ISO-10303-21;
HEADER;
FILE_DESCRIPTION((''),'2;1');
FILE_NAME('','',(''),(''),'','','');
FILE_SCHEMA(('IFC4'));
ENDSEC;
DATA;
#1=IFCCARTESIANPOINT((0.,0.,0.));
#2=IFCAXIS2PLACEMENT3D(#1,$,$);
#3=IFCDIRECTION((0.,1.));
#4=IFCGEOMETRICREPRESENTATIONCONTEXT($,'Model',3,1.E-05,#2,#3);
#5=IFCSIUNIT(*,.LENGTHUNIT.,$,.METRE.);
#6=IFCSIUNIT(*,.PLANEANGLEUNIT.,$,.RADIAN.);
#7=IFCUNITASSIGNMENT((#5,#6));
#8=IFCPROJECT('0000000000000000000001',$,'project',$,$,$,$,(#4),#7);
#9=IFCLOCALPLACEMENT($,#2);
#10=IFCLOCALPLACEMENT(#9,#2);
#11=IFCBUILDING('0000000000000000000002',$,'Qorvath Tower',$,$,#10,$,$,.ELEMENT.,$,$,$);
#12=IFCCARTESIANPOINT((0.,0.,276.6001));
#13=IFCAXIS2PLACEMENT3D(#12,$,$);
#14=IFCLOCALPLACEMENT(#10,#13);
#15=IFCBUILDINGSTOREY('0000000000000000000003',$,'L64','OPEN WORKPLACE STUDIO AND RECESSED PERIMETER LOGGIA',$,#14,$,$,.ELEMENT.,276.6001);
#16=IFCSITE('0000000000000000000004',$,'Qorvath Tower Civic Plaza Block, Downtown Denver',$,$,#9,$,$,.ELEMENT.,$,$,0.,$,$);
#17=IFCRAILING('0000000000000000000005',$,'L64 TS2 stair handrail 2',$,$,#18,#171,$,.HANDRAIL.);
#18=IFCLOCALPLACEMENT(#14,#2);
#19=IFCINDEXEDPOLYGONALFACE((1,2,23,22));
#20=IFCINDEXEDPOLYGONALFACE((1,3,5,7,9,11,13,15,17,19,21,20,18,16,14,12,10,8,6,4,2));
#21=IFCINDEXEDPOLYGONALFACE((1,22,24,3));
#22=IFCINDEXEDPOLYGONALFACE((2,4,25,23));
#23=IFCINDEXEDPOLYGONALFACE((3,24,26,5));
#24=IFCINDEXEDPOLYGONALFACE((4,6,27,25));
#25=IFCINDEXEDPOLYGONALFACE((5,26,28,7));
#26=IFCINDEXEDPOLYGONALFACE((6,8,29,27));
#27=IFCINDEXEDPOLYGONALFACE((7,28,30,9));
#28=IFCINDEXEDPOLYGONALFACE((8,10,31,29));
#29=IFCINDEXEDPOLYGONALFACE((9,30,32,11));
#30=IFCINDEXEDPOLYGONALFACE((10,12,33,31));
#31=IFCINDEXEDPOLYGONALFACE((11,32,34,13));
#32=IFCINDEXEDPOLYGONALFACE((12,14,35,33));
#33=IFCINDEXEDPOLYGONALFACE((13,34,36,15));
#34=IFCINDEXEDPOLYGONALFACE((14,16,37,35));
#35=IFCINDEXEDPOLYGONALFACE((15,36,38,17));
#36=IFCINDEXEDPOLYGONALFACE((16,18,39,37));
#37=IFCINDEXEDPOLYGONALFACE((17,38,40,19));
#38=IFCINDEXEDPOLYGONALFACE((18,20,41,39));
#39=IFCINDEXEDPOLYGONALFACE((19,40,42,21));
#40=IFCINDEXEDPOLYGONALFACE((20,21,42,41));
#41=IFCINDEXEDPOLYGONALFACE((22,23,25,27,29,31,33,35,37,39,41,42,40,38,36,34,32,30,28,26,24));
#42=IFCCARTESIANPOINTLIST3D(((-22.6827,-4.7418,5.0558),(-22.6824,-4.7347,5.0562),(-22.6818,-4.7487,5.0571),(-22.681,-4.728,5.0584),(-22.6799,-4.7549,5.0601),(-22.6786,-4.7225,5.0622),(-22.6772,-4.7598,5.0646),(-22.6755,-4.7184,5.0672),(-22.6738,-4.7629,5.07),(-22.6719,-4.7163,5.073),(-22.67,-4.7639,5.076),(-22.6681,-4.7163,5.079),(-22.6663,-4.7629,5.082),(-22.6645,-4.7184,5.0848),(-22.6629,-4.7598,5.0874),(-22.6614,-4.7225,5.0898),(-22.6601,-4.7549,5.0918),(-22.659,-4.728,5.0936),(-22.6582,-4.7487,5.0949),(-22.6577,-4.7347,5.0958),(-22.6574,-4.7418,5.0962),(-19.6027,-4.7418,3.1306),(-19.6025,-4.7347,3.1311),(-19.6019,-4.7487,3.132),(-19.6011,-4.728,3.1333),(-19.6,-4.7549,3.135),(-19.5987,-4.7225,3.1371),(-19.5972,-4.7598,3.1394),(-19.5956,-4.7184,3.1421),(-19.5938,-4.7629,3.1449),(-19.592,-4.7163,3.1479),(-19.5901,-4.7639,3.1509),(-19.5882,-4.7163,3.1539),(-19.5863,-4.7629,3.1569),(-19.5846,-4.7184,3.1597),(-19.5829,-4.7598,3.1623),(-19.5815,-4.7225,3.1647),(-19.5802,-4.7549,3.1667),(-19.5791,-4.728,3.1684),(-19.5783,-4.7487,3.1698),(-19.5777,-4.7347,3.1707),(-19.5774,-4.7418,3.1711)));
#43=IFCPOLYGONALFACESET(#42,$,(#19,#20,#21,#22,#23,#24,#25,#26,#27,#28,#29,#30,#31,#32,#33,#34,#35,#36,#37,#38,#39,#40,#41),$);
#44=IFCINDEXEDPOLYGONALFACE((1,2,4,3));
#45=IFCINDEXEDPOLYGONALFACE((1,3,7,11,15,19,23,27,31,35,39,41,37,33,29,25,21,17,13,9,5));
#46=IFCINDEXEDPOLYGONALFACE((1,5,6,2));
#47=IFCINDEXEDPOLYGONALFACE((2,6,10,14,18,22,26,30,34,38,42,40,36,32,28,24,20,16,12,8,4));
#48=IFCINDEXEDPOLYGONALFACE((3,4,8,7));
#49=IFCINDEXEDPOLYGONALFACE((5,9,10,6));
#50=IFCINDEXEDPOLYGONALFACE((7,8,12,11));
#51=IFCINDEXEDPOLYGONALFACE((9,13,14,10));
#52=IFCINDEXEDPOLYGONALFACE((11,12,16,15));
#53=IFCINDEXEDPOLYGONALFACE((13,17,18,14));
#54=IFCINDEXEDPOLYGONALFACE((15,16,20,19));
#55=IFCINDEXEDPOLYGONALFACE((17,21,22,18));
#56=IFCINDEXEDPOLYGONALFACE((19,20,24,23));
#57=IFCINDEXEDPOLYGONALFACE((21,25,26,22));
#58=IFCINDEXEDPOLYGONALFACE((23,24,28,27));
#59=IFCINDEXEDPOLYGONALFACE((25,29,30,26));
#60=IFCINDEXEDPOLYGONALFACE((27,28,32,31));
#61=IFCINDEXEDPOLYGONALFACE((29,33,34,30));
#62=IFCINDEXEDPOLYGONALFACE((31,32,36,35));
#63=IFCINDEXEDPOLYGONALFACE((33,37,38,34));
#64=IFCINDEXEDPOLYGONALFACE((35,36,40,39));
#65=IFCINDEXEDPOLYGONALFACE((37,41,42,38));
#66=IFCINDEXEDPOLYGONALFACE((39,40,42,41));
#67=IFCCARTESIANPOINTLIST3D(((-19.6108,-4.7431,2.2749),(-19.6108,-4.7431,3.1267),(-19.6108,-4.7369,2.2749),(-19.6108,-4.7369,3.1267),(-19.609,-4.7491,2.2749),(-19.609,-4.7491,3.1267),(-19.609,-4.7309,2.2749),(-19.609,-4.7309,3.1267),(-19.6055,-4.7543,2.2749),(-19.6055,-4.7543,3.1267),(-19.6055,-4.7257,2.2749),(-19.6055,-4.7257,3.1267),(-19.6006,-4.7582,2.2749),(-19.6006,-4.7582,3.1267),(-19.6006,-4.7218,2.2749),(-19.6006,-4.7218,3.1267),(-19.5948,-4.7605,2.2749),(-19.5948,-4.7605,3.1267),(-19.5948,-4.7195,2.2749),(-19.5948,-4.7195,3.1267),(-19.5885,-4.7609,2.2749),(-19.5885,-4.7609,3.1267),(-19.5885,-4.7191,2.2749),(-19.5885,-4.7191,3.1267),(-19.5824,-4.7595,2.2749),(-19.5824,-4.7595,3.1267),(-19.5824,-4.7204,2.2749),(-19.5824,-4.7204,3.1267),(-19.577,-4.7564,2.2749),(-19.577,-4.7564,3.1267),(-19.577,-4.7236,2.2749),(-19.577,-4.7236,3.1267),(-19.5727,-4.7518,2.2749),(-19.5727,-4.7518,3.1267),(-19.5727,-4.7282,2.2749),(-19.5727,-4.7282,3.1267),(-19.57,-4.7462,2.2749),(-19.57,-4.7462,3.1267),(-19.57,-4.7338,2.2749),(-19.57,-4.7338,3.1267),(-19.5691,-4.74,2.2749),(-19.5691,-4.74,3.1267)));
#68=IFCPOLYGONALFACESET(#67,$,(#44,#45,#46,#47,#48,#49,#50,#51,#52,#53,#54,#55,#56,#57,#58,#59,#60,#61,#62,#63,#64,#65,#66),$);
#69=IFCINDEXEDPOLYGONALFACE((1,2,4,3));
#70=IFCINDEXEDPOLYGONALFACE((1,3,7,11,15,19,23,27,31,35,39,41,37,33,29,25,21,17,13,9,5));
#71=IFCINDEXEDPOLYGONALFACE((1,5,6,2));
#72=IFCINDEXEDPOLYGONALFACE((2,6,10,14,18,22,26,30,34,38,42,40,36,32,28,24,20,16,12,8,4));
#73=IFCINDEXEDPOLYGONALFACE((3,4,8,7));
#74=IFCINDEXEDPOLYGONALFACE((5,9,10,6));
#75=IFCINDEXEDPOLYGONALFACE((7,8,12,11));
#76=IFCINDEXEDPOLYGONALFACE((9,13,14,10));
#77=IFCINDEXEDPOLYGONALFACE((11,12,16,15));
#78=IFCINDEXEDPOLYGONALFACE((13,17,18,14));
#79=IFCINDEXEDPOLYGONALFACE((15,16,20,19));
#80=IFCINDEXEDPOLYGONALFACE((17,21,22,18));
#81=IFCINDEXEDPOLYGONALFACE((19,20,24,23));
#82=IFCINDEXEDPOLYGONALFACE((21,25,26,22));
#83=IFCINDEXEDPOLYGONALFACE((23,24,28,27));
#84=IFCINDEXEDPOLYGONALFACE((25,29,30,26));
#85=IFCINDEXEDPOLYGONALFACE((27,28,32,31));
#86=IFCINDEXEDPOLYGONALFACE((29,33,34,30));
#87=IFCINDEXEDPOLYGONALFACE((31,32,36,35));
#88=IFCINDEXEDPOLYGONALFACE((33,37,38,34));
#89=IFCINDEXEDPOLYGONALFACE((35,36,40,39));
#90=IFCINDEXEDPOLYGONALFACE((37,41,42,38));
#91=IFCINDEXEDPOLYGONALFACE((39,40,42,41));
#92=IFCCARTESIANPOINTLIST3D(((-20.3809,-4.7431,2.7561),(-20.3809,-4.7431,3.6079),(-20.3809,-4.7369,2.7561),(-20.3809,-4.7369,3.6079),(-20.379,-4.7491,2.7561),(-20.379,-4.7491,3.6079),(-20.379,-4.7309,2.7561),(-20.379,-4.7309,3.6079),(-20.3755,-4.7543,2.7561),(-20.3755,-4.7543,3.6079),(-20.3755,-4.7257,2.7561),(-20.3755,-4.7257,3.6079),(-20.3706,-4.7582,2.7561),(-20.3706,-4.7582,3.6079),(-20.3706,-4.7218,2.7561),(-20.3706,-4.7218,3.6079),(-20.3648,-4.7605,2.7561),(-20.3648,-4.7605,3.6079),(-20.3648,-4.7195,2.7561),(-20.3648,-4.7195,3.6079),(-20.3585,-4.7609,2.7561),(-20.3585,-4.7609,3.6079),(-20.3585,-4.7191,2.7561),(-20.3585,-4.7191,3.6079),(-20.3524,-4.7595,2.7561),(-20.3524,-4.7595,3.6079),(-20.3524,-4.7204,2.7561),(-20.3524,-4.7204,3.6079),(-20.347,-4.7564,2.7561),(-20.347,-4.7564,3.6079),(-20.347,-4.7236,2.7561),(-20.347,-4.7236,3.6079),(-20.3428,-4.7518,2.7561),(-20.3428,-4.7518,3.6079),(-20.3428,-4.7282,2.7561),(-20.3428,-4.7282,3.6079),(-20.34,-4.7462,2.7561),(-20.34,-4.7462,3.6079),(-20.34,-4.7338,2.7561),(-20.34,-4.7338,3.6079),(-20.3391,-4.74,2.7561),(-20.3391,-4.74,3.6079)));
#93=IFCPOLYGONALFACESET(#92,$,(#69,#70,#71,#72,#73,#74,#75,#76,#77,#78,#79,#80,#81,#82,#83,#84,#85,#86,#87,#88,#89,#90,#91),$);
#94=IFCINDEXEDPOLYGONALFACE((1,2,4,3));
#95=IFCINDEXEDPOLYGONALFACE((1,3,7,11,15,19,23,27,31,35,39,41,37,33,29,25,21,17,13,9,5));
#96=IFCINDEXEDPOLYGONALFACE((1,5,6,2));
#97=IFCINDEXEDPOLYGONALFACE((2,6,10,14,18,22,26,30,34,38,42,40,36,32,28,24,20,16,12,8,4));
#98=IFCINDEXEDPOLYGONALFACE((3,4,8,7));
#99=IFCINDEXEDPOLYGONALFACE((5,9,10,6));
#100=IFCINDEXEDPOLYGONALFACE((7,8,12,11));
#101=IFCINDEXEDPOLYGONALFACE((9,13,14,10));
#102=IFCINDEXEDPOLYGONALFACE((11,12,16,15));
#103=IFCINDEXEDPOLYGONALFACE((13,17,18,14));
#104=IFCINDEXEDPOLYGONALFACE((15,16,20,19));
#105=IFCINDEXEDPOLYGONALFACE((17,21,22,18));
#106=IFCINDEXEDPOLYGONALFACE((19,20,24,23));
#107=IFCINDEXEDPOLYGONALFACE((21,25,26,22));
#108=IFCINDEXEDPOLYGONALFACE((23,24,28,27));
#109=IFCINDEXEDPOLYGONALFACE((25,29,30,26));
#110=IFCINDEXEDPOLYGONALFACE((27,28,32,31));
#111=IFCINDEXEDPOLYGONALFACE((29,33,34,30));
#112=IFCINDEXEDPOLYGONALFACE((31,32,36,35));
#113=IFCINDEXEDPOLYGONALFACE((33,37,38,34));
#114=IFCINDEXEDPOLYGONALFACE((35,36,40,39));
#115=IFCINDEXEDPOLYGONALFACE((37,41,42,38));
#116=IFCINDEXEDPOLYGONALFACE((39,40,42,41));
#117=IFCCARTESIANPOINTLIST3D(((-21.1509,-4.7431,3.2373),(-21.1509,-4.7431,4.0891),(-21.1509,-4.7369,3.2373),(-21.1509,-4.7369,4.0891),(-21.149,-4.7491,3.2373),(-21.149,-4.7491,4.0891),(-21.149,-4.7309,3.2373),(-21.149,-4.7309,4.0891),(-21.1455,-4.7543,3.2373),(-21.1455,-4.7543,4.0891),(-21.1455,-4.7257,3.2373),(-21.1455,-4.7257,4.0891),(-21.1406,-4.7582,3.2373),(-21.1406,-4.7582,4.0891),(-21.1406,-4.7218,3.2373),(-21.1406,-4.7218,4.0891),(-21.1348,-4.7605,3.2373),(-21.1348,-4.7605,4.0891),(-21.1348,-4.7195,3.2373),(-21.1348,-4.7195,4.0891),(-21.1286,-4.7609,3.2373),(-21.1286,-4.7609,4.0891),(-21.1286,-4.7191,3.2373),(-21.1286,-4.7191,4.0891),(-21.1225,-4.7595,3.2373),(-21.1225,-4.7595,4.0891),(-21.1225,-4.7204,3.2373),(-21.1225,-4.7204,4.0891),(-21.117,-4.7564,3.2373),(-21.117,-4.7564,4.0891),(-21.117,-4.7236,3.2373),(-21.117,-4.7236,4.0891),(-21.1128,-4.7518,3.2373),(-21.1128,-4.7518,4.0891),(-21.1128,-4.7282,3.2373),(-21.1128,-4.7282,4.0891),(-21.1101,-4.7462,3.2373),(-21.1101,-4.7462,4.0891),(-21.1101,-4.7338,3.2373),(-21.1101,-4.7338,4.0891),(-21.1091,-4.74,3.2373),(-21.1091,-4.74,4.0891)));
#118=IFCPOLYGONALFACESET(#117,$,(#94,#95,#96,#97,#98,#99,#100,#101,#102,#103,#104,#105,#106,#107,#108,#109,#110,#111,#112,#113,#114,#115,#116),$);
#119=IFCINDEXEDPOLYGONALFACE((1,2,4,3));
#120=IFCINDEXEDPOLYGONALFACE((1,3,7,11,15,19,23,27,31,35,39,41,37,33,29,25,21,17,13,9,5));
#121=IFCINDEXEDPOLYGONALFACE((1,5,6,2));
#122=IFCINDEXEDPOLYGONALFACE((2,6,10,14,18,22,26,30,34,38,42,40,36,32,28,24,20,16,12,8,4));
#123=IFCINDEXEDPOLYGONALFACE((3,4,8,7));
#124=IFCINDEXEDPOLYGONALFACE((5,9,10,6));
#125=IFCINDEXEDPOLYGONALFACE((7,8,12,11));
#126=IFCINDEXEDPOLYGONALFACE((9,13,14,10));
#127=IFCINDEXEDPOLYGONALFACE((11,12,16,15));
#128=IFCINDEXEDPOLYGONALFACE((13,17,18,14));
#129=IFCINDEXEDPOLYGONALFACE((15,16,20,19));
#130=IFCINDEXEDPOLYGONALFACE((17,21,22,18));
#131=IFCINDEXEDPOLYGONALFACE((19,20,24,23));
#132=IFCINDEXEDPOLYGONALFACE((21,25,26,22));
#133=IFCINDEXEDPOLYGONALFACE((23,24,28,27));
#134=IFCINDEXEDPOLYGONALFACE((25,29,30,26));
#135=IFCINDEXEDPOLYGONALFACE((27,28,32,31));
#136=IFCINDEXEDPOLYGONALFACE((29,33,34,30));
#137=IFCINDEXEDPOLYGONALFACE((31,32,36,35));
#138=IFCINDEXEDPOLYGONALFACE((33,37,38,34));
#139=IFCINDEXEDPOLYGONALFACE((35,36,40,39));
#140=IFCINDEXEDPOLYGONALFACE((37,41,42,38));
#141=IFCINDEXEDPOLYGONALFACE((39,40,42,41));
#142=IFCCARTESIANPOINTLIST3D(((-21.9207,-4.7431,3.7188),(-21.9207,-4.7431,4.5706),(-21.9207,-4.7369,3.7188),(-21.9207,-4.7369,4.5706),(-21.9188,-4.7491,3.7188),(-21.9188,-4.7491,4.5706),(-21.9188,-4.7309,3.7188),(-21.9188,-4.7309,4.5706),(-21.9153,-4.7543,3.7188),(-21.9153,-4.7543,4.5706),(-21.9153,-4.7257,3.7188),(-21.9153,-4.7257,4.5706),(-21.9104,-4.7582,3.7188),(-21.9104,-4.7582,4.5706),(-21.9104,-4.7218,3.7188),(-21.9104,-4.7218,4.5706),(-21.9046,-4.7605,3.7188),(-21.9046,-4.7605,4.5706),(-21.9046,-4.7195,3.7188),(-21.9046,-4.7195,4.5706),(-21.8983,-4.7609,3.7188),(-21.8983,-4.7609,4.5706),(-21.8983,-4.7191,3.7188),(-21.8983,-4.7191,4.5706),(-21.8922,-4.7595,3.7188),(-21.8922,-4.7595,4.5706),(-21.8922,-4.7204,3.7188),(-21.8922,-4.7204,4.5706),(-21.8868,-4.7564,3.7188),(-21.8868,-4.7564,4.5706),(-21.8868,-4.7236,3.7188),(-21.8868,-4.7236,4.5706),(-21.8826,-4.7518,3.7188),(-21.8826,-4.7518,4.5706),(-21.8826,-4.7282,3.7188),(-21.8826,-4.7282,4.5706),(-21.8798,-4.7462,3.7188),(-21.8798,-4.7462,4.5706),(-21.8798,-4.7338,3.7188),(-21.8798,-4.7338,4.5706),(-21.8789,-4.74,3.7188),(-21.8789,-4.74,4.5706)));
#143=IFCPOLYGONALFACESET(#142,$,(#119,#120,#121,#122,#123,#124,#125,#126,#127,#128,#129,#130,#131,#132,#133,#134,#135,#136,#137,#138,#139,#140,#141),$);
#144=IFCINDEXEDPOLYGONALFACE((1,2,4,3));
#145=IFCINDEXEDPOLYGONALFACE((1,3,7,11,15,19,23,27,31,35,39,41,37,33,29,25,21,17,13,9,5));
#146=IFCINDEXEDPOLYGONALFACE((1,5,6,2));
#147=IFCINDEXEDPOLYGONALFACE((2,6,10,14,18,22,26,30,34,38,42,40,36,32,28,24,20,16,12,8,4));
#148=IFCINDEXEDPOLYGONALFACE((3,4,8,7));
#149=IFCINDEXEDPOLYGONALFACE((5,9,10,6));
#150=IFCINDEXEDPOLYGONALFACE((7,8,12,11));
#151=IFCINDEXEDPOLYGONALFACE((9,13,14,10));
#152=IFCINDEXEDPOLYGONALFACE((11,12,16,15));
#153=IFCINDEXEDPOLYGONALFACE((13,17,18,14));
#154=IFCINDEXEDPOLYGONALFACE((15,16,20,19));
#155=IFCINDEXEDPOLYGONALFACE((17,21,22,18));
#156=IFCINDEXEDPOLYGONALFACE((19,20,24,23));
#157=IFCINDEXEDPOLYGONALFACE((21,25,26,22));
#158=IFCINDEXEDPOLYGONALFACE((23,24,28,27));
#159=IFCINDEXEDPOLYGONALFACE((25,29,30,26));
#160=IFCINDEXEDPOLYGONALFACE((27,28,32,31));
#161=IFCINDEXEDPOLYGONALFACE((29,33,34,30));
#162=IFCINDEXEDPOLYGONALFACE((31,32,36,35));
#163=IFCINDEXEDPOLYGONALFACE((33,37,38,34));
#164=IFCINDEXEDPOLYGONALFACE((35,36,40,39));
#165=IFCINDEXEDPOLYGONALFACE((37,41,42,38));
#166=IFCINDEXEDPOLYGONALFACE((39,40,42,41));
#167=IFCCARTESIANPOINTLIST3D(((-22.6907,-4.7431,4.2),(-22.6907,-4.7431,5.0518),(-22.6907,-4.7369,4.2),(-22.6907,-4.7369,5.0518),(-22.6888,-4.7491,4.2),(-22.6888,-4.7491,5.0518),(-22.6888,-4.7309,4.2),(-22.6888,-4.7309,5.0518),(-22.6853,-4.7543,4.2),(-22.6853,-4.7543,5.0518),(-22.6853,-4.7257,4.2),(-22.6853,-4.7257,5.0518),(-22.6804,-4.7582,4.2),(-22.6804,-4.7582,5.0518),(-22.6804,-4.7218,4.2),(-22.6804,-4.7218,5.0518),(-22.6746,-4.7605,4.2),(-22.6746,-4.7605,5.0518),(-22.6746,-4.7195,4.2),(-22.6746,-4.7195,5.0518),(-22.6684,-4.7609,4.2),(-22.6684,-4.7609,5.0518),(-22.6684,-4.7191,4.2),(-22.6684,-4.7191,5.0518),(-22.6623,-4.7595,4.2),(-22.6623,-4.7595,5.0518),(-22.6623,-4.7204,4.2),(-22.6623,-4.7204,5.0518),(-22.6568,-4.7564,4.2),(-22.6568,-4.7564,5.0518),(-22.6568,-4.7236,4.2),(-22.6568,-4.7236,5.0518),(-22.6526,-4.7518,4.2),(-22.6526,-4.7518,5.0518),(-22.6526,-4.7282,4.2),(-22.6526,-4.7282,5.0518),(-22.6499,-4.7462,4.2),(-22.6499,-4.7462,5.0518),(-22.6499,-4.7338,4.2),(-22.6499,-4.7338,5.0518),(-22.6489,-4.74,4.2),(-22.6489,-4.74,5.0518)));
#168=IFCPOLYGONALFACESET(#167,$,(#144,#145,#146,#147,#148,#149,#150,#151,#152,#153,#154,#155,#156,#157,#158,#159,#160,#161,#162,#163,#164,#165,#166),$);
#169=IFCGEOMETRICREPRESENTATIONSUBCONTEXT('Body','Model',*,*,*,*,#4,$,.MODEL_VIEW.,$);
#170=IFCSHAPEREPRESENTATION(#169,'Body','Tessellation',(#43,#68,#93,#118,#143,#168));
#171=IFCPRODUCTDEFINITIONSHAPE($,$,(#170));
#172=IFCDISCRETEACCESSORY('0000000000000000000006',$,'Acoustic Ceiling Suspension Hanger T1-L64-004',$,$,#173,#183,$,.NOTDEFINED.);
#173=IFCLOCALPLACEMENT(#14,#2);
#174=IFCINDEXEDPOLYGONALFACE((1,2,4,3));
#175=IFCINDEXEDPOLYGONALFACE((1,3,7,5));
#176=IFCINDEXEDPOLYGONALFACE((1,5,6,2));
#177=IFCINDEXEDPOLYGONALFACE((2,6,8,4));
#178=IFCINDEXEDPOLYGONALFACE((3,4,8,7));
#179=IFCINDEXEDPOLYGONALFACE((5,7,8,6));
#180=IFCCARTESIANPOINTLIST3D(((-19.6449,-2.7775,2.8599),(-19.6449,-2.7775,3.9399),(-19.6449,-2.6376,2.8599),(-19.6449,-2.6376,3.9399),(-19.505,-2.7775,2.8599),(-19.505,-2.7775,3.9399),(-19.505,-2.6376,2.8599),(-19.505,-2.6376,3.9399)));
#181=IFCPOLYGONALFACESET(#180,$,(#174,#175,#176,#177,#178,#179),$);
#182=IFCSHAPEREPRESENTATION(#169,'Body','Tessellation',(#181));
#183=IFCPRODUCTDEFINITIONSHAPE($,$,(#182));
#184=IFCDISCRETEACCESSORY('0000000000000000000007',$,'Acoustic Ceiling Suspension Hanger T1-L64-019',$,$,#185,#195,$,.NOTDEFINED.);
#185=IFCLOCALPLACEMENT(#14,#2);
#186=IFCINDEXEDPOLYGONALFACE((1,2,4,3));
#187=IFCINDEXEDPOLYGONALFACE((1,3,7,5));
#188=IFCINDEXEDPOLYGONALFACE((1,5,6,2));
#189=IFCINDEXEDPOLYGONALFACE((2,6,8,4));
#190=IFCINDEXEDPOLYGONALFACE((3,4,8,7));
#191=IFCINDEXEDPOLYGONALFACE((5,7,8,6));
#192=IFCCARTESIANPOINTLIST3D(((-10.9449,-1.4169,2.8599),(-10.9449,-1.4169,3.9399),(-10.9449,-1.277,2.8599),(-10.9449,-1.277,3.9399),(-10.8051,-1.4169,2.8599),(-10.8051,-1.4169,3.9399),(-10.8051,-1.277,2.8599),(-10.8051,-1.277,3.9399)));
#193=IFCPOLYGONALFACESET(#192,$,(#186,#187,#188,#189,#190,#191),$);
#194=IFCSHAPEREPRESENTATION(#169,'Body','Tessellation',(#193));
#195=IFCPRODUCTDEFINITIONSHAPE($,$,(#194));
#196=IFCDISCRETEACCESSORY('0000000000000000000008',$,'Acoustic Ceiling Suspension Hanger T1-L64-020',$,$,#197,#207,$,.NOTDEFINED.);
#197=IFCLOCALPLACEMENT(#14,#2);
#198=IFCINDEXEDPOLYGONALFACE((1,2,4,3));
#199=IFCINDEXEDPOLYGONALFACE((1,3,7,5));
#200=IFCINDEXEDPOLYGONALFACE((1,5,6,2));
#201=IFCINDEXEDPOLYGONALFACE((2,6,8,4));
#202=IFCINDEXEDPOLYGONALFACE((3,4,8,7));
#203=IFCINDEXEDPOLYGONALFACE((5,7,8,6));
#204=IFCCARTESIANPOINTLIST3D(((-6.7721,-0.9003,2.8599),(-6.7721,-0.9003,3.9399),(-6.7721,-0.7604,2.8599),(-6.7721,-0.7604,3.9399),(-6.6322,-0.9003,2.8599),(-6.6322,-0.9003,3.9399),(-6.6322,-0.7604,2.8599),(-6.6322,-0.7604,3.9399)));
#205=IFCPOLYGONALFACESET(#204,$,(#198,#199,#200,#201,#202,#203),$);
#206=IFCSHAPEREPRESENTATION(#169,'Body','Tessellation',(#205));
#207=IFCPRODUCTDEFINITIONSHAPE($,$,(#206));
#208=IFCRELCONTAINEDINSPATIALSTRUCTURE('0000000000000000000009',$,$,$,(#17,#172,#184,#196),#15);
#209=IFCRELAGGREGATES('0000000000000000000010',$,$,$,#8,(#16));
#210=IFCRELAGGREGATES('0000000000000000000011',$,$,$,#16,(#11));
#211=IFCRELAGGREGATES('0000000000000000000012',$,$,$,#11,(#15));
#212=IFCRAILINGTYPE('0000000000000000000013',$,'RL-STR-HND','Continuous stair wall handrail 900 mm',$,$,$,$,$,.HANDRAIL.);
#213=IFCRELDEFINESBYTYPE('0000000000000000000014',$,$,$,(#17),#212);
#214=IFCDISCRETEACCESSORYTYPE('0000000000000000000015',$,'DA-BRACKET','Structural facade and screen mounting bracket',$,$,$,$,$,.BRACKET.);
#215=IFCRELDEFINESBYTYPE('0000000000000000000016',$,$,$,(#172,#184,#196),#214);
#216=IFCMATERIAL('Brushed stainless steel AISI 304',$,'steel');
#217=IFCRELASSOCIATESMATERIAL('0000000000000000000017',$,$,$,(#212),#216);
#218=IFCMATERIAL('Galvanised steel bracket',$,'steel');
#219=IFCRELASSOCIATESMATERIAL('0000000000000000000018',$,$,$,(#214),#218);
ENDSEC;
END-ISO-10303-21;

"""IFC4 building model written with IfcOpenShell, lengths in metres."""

from ifc_helpers import new_model, si_unit, direction, frame, origin, origin_2d, place, context, subcontext, project, spatial, rectangle, circle, extrude, material, type_object, element, save


model = new_model("IFC4")

# Units and contexts
model_context = context("Model", 3, precision=1e-05, world=origin(), true_north=direction((0.0, 1.0)))
body_context = subcontext(model_context, "Body", "Model", "MODEL_VIEW")
ifc_project = project(units=[si_unit("LENGTHUNIT", "METRE"), si_unit("PLANEANGLEUNIT", "RADIAN")], contexts=[model_context])

# Site, building, storey
site_placement = place(None, origin())
site = spatial("IfcSite", under=ifc_project, at=site_placement, Name="Qorvath Tower Civic Plaza Block, Downtown Denver", CompositionType="ELEMENT", RefElevation=0.0)
building_placement = place(site_placement, origin())
building = spatial("IfcBuilding", under=site, at=building_placement, Name="Qorvath Tower", CompositionType="ELEMENT")
storey_placement = place(building_placement, frame((0.0, 0.0, 276.6001)))
storey = spatial("IfcBuildingStorey", under=building, at=storey_placement, Name="L64", Description="OPEN WORKPLACE STUDIO AND RECESSED PERIMETER LOGGIA", CompositionType="ELEMENT", Elevation=276.6001)

# Railing
ifc_material_1 = material(Name="Brushed stainless steel AISI 304", Category="steel")
railing_type_1 = type_object("IfcRailingType", Name="RL-STR-HND", Description="Continuous stair wall handrail 900 mm", PredefinedType="HANDRAIL", material=ifc_material_1)
railing_1_placement = place(storey_placement, frame((-19.5901, -4.74, 2.2749)))
element("IfcRailing", 1, at=railing_1_placement, inside=storey, type_object=railing_type_1, Name="L64 TS2 stair handrail 2", PredefinedType="HANDRAIL", context=body_context, shape_type="SweptSolid", body=[
    extrude(circle(Radius=0.0239, at=origin_2d()), frame((0.0, 0.0, 0.876), z_axis=(-0.847979, 0.0, 0.530029), x_axis=(0.0, -1.0, 0.0)), (0.0, 0.0, 1.0), 3.6321),
    extrude(circle(Radius=0.021, at=origin_2d()), origin(), (0.0, 0.0, 1.0), 0.8518),
    extrude(circle(Radius=0.021, at=origin_2d()), frame((-0.77, 0.0, 0.4812)), (0.0, 0.0, 1.0), 0.8518),
    extrude(circle(Radius=0.021, at=origin_2d()), frame((-1.54, 0.0, 0.9624)), (0.0, 0.0, 1.0), 0.8518),
    extrude(circle(Radius=0.021, at=origin_2d()), frame((-2.3098, 0.0, 1.4438)), (0.0, 0.0, 1.0), 0.8518),
    extrude(circle(Radius=0.021, at=origin_2d()), frame((-3.0798, 0.0, 1.925)), (0.0, 0.0, 1.0), 0.8518),
])

# Discrete accessories
ifc_material_2 = material(Name="Galvanised steel bracket", Category="steel")
discrete_accessory_type = type_object("IfcDiscreteAccessoryType", Name="DA-BRACKET", Description="Structural facade and screen mounting bracket", PredefinedType="BRACKET", material=ifc_material_2)
for number, where, z_axis, x_axis, name in (
    (2, (-19.575, -2.7075, 2.8599), (0.0, 0.0, 1.0), (1.0, 0.0, 0.0), "Acoustic Ceiling Suspension Hanger T1-L64-004"),
    (3, (-10.875, -1.3469, 2.8599), (0.0, 0.0, 1.0), (1.0, 0.0, 0.0), "Acoustic Ceiling Suspension Hanger T1-L64-019"),
    (4, (-6.7021, -0.8303, 2.8599), (0.0, 0.0, 1.0), (1.0, 0.0, 0.0), "Acoustic Ceiling Suspension Hanger T1-L64-020"),
):
    element("IfcDiscreteAccessory", number, at=place(storey_placement, frame(where, z_axis=z_axis, x_axis=x_axis)), inside=storey, type_object=discrete_accessory_type, Name=name, PredefinedType="NOTDEFINED", context=body_context, shape_type="SweptSolid", body=[
        extrude(rectangle(XDim=0.1399, YDim=0.1399, at=origin_2d()), origin(), (0.0, 0.0, 1.0), 1.0801),
    ])

save(model, "model.ifc")
